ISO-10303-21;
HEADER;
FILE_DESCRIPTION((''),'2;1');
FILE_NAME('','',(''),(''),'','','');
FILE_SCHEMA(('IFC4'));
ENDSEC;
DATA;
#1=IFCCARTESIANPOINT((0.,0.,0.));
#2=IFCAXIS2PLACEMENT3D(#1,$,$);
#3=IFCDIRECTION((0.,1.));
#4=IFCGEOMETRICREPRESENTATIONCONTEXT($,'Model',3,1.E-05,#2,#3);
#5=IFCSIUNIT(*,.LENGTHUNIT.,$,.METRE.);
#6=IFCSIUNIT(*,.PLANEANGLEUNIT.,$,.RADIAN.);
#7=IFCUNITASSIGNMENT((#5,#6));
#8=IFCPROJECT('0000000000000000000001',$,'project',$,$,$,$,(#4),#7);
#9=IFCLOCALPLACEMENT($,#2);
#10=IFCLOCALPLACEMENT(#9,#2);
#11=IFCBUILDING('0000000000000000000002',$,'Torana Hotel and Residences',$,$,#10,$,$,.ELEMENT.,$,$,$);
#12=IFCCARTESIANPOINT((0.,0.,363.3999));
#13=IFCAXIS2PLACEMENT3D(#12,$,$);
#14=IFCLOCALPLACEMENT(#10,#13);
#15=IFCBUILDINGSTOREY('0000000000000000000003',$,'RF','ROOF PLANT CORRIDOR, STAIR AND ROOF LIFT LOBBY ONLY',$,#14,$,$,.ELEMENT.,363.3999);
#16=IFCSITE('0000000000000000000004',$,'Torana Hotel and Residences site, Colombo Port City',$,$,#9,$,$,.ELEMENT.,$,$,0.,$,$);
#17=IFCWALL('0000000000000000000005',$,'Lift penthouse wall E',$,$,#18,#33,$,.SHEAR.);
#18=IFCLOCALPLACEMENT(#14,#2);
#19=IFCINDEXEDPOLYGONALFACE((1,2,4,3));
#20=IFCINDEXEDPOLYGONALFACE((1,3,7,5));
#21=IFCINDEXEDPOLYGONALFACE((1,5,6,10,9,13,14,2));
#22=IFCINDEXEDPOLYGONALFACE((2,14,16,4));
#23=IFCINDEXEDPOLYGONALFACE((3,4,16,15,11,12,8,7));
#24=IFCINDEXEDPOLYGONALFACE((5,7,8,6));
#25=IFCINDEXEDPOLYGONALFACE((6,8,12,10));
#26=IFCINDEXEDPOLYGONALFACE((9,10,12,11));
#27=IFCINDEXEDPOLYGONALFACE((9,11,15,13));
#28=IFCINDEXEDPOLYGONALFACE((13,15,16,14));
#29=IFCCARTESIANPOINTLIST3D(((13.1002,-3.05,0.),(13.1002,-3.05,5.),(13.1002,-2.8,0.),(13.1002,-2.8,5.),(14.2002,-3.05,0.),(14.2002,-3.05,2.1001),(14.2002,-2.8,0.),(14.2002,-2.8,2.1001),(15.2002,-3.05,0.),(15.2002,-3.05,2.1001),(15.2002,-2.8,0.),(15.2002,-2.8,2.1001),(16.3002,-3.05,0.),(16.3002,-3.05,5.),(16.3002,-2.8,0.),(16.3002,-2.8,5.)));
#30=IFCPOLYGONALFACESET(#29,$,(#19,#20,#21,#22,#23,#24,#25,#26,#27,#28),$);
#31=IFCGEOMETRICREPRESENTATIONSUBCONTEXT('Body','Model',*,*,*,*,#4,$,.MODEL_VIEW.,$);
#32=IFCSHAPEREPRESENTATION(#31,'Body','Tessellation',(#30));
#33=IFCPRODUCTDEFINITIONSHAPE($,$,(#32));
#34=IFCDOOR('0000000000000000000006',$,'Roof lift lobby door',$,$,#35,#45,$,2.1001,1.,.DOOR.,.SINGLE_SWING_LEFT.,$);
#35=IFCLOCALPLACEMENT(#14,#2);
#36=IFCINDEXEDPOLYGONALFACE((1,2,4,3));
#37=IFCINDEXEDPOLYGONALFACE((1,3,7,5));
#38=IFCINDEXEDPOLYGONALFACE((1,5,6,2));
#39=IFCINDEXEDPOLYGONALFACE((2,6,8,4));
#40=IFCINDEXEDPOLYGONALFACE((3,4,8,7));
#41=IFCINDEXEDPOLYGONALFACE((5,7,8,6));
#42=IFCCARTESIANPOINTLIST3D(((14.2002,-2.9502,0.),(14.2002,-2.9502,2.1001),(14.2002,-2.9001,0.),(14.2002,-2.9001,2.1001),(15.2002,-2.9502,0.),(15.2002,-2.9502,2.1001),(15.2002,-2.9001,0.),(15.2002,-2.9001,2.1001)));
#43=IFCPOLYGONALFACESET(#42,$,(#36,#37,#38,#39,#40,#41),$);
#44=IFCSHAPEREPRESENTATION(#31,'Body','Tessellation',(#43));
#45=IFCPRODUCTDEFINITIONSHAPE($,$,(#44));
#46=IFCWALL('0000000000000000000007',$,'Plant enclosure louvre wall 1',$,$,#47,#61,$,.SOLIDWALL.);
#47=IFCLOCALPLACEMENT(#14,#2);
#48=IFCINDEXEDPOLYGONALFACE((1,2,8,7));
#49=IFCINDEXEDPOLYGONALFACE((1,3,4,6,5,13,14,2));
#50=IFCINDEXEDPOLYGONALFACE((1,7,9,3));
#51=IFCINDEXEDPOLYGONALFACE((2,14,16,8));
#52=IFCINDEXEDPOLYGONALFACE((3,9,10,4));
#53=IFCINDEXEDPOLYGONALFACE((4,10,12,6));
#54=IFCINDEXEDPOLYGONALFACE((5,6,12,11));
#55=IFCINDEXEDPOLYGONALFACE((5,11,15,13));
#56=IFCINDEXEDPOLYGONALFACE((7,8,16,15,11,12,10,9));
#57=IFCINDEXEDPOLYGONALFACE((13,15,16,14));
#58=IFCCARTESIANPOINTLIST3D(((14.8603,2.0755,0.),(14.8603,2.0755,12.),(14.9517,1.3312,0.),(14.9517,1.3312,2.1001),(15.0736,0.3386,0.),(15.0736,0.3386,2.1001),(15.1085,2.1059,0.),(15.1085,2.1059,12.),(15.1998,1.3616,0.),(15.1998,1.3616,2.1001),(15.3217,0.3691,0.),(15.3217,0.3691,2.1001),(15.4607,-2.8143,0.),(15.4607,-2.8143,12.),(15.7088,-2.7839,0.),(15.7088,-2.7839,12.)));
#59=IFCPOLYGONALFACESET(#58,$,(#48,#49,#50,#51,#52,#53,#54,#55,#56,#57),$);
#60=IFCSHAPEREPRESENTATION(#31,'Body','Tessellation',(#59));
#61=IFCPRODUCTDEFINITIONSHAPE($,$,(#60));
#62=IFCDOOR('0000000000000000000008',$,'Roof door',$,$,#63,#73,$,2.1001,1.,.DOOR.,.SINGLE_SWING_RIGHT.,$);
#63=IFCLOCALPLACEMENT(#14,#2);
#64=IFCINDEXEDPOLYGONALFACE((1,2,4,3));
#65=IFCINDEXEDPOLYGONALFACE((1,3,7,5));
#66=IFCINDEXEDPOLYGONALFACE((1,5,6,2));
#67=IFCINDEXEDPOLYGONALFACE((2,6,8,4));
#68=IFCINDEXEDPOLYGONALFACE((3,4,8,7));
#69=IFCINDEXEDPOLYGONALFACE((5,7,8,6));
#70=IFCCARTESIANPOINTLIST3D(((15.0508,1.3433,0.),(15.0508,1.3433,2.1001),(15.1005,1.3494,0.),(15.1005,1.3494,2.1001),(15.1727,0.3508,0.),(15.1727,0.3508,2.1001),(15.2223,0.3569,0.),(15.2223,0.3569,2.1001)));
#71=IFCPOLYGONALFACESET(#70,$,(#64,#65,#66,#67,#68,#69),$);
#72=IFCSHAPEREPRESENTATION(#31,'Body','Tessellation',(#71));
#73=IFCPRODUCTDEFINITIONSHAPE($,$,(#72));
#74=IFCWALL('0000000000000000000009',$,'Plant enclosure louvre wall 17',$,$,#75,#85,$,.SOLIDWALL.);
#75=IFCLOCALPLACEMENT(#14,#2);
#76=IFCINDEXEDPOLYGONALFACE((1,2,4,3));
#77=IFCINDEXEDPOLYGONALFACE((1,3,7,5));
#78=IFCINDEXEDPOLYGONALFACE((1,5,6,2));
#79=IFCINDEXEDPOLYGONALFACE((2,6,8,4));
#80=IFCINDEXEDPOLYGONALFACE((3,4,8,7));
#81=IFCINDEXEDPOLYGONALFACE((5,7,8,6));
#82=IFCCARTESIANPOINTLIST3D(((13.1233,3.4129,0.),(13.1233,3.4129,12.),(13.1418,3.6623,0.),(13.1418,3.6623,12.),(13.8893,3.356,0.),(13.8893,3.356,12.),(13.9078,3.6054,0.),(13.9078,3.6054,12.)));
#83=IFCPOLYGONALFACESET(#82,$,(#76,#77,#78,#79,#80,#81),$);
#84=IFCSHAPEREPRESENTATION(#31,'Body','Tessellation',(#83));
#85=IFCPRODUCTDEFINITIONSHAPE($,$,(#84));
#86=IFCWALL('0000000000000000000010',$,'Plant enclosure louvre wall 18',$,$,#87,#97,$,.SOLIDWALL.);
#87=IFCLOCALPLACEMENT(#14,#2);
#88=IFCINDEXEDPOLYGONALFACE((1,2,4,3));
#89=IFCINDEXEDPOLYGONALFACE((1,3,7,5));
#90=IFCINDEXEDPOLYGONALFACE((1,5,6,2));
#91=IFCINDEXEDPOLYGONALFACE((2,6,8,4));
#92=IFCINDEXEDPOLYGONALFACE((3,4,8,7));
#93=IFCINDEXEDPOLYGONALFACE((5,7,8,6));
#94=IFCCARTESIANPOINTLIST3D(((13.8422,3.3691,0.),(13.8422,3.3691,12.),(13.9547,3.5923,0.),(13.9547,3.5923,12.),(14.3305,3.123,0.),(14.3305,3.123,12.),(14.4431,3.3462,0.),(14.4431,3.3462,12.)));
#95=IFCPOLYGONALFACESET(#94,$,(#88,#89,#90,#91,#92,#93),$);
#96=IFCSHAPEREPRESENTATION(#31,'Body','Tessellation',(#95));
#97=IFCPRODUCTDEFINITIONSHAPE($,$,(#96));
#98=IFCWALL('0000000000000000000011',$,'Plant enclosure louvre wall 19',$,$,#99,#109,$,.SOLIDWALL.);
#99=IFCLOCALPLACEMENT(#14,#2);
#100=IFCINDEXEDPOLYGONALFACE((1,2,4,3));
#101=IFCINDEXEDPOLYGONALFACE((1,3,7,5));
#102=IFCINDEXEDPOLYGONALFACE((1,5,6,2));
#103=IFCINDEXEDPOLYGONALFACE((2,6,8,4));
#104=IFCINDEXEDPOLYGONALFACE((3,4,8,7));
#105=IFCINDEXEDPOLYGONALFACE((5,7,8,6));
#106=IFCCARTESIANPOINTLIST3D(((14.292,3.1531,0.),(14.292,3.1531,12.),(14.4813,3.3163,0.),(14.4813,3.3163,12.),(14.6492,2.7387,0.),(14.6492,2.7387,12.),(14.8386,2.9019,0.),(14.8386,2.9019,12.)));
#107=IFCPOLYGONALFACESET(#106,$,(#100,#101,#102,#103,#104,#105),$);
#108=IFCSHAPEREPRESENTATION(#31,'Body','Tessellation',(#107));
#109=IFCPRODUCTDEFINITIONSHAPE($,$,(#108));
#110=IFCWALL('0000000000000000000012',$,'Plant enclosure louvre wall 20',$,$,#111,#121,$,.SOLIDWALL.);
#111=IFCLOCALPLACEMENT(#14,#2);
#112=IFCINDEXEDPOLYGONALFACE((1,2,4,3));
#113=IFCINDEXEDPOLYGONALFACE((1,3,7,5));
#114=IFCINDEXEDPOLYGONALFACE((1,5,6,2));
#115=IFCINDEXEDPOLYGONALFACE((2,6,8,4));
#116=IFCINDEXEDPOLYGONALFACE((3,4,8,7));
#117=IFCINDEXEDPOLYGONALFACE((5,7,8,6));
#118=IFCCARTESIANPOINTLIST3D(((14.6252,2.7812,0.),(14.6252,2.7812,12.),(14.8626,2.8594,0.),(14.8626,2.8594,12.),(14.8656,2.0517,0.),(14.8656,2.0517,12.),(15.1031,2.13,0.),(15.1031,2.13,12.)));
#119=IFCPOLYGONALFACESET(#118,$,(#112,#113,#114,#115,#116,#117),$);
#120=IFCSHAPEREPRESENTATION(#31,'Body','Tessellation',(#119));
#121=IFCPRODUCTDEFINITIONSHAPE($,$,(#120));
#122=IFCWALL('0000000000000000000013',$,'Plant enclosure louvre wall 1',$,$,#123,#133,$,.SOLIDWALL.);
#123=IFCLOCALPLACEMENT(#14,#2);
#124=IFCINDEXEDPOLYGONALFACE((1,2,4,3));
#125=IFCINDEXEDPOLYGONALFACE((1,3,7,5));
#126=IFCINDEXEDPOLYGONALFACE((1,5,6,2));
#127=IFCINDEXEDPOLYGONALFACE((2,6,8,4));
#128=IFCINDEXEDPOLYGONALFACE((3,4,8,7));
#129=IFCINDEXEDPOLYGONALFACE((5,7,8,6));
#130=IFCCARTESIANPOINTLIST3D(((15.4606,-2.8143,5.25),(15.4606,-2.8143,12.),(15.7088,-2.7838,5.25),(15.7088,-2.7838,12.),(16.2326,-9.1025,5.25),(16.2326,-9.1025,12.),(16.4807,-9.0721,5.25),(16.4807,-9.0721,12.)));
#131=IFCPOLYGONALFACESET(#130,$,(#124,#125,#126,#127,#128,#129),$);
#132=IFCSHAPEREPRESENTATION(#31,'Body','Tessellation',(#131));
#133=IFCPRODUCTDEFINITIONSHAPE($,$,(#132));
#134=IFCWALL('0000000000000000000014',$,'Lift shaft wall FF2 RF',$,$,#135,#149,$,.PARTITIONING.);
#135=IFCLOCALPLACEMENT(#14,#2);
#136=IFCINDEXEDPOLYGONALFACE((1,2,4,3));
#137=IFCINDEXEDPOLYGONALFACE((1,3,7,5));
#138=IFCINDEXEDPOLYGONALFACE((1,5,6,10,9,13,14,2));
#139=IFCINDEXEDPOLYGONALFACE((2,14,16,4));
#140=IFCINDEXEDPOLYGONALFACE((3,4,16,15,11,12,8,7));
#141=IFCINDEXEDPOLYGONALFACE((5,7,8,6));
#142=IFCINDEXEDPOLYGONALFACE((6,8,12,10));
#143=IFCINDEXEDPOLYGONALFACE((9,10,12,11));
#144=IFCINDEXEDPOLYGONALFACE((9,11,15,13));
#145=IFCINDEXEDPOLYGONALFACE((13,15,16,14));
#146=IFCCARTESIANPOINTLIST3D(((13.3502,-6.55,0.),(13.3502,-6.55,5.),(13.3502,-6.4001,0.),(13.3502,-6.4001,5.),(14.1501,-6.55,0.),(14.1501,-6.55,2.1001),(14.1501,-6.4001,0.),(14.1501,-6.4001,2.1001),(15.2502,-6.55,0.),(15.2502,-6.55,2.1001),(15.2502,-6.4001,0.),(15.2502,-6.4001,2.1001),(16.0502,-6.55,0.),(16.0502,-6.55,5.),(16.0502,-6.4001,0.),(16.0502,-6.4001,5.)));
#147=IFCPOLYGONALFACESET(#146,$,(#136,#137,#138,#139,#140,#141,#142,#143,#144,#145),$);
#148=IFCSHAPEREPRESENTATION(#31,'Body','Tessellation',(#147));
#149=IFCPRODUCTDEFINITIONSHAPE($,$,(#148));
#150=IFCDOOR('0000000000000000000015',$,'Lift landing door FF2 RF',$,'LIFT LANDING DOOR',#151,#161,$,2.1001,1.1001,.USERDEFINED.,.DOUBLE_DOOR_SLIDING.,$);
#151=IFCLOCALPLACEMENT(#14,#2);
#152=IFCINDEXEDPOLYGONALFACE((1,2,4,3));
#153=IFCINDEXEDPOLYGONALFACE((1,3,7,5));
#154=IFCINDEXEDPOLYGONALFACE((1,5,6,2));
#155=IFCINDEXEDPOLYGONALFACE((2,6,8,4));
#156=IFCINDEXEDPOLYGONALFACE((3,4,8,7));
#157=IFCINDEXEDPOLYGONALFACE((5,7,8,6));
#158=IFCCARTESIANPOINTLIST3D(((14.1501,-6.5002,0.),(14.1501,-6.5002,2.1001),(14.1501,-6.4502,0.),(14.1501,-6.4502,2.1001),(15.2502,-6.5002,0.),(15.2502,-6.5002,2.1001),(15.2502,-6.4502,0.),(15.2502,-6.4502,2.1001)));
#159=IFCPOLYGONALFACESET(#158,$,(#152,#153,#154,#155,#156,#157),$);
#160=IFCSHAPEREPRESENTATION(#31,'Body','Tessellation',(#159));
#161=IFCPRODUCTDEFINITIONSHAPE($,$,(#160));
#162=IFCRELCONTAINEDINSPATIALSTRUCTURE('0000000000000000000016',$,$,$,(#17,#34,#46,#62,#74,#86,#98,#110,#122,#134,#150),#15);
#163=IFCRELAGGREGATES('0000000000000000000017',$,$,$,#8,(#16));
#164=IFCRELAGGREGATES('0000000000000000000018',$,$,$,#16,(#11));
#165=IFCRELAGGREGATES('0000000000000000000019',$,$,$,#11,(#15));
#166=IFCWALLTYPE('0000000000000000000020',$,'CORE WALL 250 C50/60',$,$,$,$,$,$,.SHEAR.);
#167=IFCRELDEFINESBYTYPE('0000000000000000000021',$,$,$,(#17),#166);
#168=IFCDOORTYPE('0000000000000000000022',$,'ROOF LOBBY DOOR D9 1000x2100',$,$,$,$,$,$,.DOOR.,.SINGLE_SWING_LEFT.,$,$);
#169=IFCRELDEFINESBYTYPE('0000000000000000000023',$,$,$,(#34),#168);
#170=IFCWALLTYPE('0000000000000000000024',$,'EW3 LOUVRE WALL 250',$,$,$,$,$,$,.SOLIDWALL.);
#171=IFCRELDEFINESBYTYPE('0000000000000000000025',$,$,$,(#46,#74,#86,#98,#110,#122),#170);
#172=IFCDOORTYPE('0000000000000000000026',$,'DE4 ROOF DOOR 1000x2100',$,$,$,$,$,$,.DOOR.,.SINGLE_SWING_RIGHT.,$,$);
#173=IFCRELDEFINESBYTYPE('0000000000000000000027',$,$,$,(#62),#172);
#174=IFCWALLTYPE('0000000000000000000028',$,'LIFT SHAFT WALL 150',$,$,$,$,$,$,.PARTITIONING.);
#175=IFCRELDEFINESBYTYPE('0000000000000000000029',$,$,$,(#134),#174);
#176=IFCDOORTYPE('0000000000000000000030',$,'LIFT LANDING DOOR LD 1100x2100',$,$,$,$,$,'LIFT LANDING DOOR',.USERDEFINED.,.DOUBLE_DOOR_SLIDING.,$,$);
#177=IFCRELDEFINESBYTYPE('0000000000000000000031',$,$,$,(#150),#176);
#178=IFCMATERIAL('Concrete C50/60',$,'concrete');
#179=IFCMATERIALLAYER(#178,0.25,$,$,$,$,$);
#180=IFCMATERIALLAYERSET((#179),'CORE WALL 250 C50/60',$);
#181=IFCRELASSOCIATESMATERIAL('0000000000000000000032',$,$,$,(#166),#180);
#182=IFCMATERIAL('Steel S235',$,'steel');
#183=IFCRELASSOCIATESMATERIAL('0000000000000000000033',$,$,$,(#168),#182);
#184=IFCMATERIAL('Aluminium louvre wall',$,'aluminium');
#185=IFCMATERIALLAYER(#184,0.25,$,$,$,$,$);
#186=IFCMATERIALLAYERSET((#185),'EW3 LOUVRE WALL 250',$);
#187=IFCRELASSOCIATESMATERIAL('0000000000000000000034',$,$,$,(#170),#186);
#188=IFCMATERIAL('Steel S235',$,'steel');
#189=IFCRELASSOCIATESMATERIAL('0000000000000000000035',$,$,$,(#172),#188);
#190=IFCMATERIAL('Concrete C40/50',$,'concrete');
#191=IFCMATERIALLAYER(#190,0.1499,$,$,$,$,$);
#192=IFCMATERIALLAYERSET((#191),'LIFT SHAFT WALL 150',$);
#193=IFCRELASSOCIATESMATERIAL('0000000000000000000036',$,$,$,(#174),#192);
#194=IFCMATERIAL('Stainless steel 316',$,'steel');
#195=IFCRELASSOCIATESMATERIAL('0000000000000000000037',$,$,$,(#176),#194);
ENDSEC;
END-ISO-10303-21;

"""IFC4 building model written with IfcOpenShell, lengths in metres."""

from ifc_helpers import new_model, si_unit, direction, frame, frame_2d, origin, place, context, subcontext, project, spatial, rectangle, extrude, material, layer, layer_set, type_object, element, fill, save


model = new_model("IFC4")

# Units and contexts
model_context = context("Model", 3, precision=1e-05, world=origin(), true_north=direction((0.0, 1.0)))
body_context = subcontext(model_context, "Body", "Model", "MODEL_VIEW")
ifc_project = project(units=[si_unit("LENGTHUNIT", "METRE"), si_unit("PLANEANGLEUNIT", "RADIAN")], contexts=[model_context])

# Site, building, storey
site_placement = place(None, origin())
site = spatial("IfcSite", under=ifc_project, at=site_placement, Name="Torana Hotel and Residences site, Colombo Port City", CompositionType="ELEMENT", RefElevation=0.0)
building_placement = place(site_placement, origin())
building = spatial("IfcBuilding", under=site, at=building_placement, Name="Torana Hotel and Residences", CompositionType="ELEMENT")
storey_placement = place(building_placement, frame((0.0, 0.0, 363.3999)))
storey = spatial("IfcBuildingStorey", under=building, at=storey_placement, Name="RF", Description="ROOF PLANT CORRIDOR, STAIR AND ROOF LIFT LOBBY ONLY", CompositionType="ELEMENT", Elevation=363.3999)

# Walls, openings, doors
ifc_material_1 = material(Name="Concrete C50/60", Category="concrete")
ifc_layer_1 = layer(ifc_material_1, 0.25)
ifc_layer_set_1 = layer_set([ifc_layer_1], Name="CORE WALL 250 C50/60")
wall_type_1 = type_object("IfcWallType", Name="CORE WALL 250 C50/60", PredefinedType="SHEAR", material=ifc_layer_set_1)
wall_1_placement = place(storey_placement, frame((13.1001, -2.925, 0.0), z_axis=(0.0, 0.0, 1.0), x_axis=(1.0, 0.0, 0.0)))
wall_1 = element("IfcWall", 1, at=wall_1_placement, inside=storey, type_object=wall_type_1, Name="Lift penthouse wall E", PredefinedType="SHEAR", context=body_context, shape_type="SweptSolid", body=[
    extrude(rectangle(XDim=3.2, YDim=0.25, at=frame_2d((1.6001, 0.0))), origin(), (0.0, 0.0, 1.0), 5.0),
])
opening_1_placement = place(wall_1_placement, frame((1.1001, 0.0, 0.0)))
opening_1 = element("IfcOpeningElement", 2, at=opening_1_placement, cuts=wall_1, PredefinedType="OPENING", context=body_context, shape_type="SweptSolid", body=[
    extrude(rectangle(XDim=1.0, YDim=2.1001, at=frame_2d((0.5, 1.05))), frame((0.0, 0.135, 0.0), z_axis=(0.0, -1.0, 0.0), x_axis=(1.0, 0.0, 0.0)), (0.0, 0.0, 1.0), 0.27),
])
ifc_material_2 = material(Name="Steel S235", Category="steel")
door_type_1 = type_object("IfcDoorType", Name="ROOF LOBBY DOOR D9 1000x2100", OperationType="SINGLE_SWING_LEFT", PredefinedType="DOOR", material=ifc_material_2)
door_1_placement = place(opening_1_placement, origin())
door_1 = element("IfcDoor", 3, at=door_1_placement, inside=storey, type_object=door_type_1, Name="Roof lift lobby door", OperationType="SINGLE_SWING_LEFT", OverallHeight=2.1001, OverallWidth=1.0, PredefinedType="DOOR", context=body_context, shape_type="SweptSolid", body=[
    extrude(rectangle(XDim=1.0, YDim=2.1001, at=frame_2d((0.5, 1.05))), frame((0.0, 0.0249, 0.0), z_axis=(0.0, -1.0, 0.0), x_axis=(1.0, 0.0, 0.0)), (0.0, 0.0, 1.0), 0.05),
])
fill(opening_1, door_1)
ifc_material_3 = material(Name="Aluminium louvre wall", Category="aluminium")
ifc_layer_2 = layer(ifc_material_3, 0.25)
ifc_layer_set_2 = layer_set([ifc_layer_2], Name="EW3 LOUVRE WALL 250")
wall_type_2 = type_object("IfcWallType", Name="EW3 LOUVRE WALL 250", PredefinedType="SOLIDWALL", material=ifc_layer_set_2)
wall_2_placement = place(storey_placement, frame((14.9844, 2.0908, 0.0), z_axis=(0.0, 0.0, 1.0), x_axis=(0.121857, -0.992548, 0.0)))
wall_2 = element("IfcWall", 4, at=wall_2_placement, inside=storey, type_object=wall_type_2, Name="Plant enclosure louvre wall 1", PredefinedType="SOLIDWALL", context=body_context, shape_type="SweptSolid", body=[
    extrude(rectangle(XDim=4.9265, YDim=0.25, at=frame_2d((2.4634, 0.0))), origin(), (0.0, 0.0, 1.0), 12.0),
])
opening_2_placement = place(wall_2_placement, frame((0.75, 0.0, 0.0)))
opening_2 = element("IfcOpeningElement", 5, at=opening_2_placement, cuts=wall_2, PredefinedType="OPENING", context=body_context, shape_type="SweptSolid", body=[
    extrude(rectangle(XDim=1.0, YDim=2.1001, at=frame_2d((0.5, 1.05))), frame((0.0, 0.135, 0.0), z_axis=(0.0, -1.0, 0.0), x_axis=(1.0, 0.0, 0.0)), (0.0, 0.0, 1.0), 0.27),
])
ifc_material_4 = material(Name="Steel S235", Category="steel")
door_type_2 = type_object("IfcDoorType", Name="DE4 ROOF DOOR 1000x2100", OperationType="SINGLE_SWING_RIGHT", PredefinedType="DOOR", material=ifc_material_4)
door_2_placement = place(opening_2_placement, origin())
door_2 = element("IfcDoor", 6, at=door_2_placement, inside=storey, type_object=door_type_2, Name="Roof door", OperationType="SINGLE_SWING_RIGHT", OverallHeight=2.1001, OverallWidth=1.0, PredefinedType="DOOR", context=body_context, shape_type="SweptSolid", body=[
    extrude(rectangle(XDim=1.0, YDim=2.1001, at=frame_2d((0.5, 1.05))), frame((0.0, 0.0249, 0.0), z_axis=(0.0, -1.0, 0.0), x_axis=(1.0, 0.0, 0.0)), (0.0, 0.0, 1.0), 0.05),
])
fill(opening_2, door_2)

# Walls
wall_3_placement = place(storey_placement, frame((13.1326, 3.5376, 0.0), z_axis=(0.0, 0.0, 1.0), x_axis=(0.997253, -0.074071, 0.0)))
element("IfcWall", 7, at=wall_3_placement, inside=storey, type_object=wall_type_2, Name="Plant enclosure louvre wall 17", PredefinedType="SOLIDWALL", context=body_context, shape_type="SweptSolid", body=[
    extrude(rectangle(XDim=0.7681, YDim=0.25, at=frame_2d((0.384, 0.0))), origin(), (0.0, 0.0, 1.0), 12.0),
])
wall_4_placement = place(storey_placement, frame((13.8984, 3.4807, 0.0), z_axis=(0.0, 0.0, 1.0), x_axis=(0.892994, -0.450069, 0.0)))
element("IfcWall", 8, at=wall_4_placement, inside=storey, type_object=wall_type_2, Name="Plant enclosure louvre wall 18", PredefinedType="SOLIDWALL", context=body_context, shape_type="SweptSolid", body=[
    extrude(rectangle(XDim=0.5469, YDim=0.25, at=frame_2d((0.2734, 0.0))), origin(), (0.0, 0.0, 1.0), 12.0),
])
wall_5_placement = place(storey_placement, frame((14.3867, 3.2346, 0.0), z_axis=(0.0, 0.0, 1.0), x_axis=(0.652957, -0.757395, 0.0)))
element("IfcWall", 9, at=wall_5_placement, inside=storey, type_object=wall_type_2, Name="Plant enclosure louvre wall 19", PredefinedType="SOLIDWALL", context=body_context, shape_type="SweptSolid", body=[
    extrude(rectangle(XDim=0.5471, YDim=0.25, at=frame_2d((0.2734, 0.0))), origin(), (0.0, 0.0, 1.0), 12.0),
])
wall_6_placement = place(storey_placement, frame((14.7439, 2.8203, 0.0), z_axis=(0.0, 0.0, 1.0), x_axis=(0.313079, -0.949727, 0.0)))
element("IfcWall", 10, at=wall_6_placement, inside=storey, type_object=wall_type_2, Name="Plant enclosure louvre wall 20", PredefinedType="SOLIDWALL", context=body_context, shape_type="SweptSolid", body=[
    extrude(rectangle(XDim=0.7681, YDim=0.25, at=frame_2d((0.384, 0.0))), origin(), (0.0, 0.0, 1.0), 12.0),
])
wall_7_placement = place(storey_placement, frame((15.5847, -2.7991, 5.25), z_axis=(0.0, 0.0, 1.0), x_axis=(0.121848, -0.992549, 0.0)))
element("IfcWall", 11, at=wall_7_placement, inside=storey, type_object=wall_type_2, Name="Plant enclosure louvre wall 1", PredefinedType="SOLIDWALL", context=body_context, shape_type="SweptSolid", body=[
    extrude(rectangle(XDim=6.3354, YDim=0.25, at=frame_2d((3.1677, 0.0))), origin(), (0.0, 0.0, 1.0), 6.75),
])

# Wall, opening, door
ifc_material_5 = material(Name="Concrete C40/50", Category="concrete")
ifc_layer_3 = layer(ifc_material_5, 0.1499)
ifc_layer_set_3 = layer_set([ifc_layer_3], Name="LIFT SHAFT WALL 150")
wall_type_3 = type_object("IfcWallType", Name="LIFT SHAFT WALL 150", PredefinedType="PARTITIONING", material=ifc_layer_set_3)
wall_8_placement = place(storey_placement, frame((13.3501, -6.4751, 0.0), z_axis=(0.0, 0.0, 1.0), x_axis=(1.0, 0.0, 0.0)))
wall_8 = element("IfcWall", 12, at=wall_8_placement, inside=storey, type_object=wall_type_3, Name="Lift shaft wall FF2 RF", PredefinedType="PARTITIONING", context=body_context, shape_type="SweptSolid", body=[
    extrude(rectangle(XDim=2.7, YDim=0.1499, at=frame_2d((1.3501, 0.0))), origin(), (0.0, 0.0, 1.0), 5.0),
])
opening_3_placement = place(wall_8_placement, frame((0.8, 0.0, 0.0)))
opening_3 = element("IfcOpeningElement", 13, at=opening_3_placement, cuts=wall_8, PredefinedType="OPENING", context=body_context, shape_type="SweptSolid", body=[
    extrude(rectangle(XDim=1.1001, YDim=2.1001, at=frame_2d((0.55, 1.05))), frame((0.0, 0.085, 0.0), z_axis=(0.0, -1.0, 0.0), x_axis=(1.0, 0.0, 0.0)), (0.0, 0.0, 1.0), 0.1699),
])
ifc_material_6 = material(Name="Stainless steel 316", Category="steel")
door_type_3 = type_object("IfcDoorType", Name="LIFT LANDING DOOR LD 1100x2100", ElementType="LIFT LANDING DOOR", OperationType="DOUBLE_DOOR_SLIDING", PredefinedType="USERDEFINED", material=ifc_material_6)
door_3_placement = place(opening_3_placement, origin())
door_3 = element("IfcDoor", 14, at=door_3_placement, inside=storey, type_object=door_type_3, Name="Lift landing door FF2 RF", ObjectType="LIFT LANDING DOOR", OperationType="DOUBLE_DOOR_SLIDING", OverallHeight=2.1001, OverallWidth=1.1001, PredefinedType="USERDEFINED", context=body_context, shape_type="SweptSolid", body=[
    extrude(rectangle(XDim=1.1001, YDim=2.1001, at=frame_2d((0.55, 1.05))), frame((0.0, 0.0249, 0.0), z_axis=(0.0, -1.0, 0.0), x_axis=(1.0, 0.0, 0.0)), (0.0, 0.0, 1.0), 0.05),
])
fill(opening_3, door_3)

save(model, "model.ifc")
